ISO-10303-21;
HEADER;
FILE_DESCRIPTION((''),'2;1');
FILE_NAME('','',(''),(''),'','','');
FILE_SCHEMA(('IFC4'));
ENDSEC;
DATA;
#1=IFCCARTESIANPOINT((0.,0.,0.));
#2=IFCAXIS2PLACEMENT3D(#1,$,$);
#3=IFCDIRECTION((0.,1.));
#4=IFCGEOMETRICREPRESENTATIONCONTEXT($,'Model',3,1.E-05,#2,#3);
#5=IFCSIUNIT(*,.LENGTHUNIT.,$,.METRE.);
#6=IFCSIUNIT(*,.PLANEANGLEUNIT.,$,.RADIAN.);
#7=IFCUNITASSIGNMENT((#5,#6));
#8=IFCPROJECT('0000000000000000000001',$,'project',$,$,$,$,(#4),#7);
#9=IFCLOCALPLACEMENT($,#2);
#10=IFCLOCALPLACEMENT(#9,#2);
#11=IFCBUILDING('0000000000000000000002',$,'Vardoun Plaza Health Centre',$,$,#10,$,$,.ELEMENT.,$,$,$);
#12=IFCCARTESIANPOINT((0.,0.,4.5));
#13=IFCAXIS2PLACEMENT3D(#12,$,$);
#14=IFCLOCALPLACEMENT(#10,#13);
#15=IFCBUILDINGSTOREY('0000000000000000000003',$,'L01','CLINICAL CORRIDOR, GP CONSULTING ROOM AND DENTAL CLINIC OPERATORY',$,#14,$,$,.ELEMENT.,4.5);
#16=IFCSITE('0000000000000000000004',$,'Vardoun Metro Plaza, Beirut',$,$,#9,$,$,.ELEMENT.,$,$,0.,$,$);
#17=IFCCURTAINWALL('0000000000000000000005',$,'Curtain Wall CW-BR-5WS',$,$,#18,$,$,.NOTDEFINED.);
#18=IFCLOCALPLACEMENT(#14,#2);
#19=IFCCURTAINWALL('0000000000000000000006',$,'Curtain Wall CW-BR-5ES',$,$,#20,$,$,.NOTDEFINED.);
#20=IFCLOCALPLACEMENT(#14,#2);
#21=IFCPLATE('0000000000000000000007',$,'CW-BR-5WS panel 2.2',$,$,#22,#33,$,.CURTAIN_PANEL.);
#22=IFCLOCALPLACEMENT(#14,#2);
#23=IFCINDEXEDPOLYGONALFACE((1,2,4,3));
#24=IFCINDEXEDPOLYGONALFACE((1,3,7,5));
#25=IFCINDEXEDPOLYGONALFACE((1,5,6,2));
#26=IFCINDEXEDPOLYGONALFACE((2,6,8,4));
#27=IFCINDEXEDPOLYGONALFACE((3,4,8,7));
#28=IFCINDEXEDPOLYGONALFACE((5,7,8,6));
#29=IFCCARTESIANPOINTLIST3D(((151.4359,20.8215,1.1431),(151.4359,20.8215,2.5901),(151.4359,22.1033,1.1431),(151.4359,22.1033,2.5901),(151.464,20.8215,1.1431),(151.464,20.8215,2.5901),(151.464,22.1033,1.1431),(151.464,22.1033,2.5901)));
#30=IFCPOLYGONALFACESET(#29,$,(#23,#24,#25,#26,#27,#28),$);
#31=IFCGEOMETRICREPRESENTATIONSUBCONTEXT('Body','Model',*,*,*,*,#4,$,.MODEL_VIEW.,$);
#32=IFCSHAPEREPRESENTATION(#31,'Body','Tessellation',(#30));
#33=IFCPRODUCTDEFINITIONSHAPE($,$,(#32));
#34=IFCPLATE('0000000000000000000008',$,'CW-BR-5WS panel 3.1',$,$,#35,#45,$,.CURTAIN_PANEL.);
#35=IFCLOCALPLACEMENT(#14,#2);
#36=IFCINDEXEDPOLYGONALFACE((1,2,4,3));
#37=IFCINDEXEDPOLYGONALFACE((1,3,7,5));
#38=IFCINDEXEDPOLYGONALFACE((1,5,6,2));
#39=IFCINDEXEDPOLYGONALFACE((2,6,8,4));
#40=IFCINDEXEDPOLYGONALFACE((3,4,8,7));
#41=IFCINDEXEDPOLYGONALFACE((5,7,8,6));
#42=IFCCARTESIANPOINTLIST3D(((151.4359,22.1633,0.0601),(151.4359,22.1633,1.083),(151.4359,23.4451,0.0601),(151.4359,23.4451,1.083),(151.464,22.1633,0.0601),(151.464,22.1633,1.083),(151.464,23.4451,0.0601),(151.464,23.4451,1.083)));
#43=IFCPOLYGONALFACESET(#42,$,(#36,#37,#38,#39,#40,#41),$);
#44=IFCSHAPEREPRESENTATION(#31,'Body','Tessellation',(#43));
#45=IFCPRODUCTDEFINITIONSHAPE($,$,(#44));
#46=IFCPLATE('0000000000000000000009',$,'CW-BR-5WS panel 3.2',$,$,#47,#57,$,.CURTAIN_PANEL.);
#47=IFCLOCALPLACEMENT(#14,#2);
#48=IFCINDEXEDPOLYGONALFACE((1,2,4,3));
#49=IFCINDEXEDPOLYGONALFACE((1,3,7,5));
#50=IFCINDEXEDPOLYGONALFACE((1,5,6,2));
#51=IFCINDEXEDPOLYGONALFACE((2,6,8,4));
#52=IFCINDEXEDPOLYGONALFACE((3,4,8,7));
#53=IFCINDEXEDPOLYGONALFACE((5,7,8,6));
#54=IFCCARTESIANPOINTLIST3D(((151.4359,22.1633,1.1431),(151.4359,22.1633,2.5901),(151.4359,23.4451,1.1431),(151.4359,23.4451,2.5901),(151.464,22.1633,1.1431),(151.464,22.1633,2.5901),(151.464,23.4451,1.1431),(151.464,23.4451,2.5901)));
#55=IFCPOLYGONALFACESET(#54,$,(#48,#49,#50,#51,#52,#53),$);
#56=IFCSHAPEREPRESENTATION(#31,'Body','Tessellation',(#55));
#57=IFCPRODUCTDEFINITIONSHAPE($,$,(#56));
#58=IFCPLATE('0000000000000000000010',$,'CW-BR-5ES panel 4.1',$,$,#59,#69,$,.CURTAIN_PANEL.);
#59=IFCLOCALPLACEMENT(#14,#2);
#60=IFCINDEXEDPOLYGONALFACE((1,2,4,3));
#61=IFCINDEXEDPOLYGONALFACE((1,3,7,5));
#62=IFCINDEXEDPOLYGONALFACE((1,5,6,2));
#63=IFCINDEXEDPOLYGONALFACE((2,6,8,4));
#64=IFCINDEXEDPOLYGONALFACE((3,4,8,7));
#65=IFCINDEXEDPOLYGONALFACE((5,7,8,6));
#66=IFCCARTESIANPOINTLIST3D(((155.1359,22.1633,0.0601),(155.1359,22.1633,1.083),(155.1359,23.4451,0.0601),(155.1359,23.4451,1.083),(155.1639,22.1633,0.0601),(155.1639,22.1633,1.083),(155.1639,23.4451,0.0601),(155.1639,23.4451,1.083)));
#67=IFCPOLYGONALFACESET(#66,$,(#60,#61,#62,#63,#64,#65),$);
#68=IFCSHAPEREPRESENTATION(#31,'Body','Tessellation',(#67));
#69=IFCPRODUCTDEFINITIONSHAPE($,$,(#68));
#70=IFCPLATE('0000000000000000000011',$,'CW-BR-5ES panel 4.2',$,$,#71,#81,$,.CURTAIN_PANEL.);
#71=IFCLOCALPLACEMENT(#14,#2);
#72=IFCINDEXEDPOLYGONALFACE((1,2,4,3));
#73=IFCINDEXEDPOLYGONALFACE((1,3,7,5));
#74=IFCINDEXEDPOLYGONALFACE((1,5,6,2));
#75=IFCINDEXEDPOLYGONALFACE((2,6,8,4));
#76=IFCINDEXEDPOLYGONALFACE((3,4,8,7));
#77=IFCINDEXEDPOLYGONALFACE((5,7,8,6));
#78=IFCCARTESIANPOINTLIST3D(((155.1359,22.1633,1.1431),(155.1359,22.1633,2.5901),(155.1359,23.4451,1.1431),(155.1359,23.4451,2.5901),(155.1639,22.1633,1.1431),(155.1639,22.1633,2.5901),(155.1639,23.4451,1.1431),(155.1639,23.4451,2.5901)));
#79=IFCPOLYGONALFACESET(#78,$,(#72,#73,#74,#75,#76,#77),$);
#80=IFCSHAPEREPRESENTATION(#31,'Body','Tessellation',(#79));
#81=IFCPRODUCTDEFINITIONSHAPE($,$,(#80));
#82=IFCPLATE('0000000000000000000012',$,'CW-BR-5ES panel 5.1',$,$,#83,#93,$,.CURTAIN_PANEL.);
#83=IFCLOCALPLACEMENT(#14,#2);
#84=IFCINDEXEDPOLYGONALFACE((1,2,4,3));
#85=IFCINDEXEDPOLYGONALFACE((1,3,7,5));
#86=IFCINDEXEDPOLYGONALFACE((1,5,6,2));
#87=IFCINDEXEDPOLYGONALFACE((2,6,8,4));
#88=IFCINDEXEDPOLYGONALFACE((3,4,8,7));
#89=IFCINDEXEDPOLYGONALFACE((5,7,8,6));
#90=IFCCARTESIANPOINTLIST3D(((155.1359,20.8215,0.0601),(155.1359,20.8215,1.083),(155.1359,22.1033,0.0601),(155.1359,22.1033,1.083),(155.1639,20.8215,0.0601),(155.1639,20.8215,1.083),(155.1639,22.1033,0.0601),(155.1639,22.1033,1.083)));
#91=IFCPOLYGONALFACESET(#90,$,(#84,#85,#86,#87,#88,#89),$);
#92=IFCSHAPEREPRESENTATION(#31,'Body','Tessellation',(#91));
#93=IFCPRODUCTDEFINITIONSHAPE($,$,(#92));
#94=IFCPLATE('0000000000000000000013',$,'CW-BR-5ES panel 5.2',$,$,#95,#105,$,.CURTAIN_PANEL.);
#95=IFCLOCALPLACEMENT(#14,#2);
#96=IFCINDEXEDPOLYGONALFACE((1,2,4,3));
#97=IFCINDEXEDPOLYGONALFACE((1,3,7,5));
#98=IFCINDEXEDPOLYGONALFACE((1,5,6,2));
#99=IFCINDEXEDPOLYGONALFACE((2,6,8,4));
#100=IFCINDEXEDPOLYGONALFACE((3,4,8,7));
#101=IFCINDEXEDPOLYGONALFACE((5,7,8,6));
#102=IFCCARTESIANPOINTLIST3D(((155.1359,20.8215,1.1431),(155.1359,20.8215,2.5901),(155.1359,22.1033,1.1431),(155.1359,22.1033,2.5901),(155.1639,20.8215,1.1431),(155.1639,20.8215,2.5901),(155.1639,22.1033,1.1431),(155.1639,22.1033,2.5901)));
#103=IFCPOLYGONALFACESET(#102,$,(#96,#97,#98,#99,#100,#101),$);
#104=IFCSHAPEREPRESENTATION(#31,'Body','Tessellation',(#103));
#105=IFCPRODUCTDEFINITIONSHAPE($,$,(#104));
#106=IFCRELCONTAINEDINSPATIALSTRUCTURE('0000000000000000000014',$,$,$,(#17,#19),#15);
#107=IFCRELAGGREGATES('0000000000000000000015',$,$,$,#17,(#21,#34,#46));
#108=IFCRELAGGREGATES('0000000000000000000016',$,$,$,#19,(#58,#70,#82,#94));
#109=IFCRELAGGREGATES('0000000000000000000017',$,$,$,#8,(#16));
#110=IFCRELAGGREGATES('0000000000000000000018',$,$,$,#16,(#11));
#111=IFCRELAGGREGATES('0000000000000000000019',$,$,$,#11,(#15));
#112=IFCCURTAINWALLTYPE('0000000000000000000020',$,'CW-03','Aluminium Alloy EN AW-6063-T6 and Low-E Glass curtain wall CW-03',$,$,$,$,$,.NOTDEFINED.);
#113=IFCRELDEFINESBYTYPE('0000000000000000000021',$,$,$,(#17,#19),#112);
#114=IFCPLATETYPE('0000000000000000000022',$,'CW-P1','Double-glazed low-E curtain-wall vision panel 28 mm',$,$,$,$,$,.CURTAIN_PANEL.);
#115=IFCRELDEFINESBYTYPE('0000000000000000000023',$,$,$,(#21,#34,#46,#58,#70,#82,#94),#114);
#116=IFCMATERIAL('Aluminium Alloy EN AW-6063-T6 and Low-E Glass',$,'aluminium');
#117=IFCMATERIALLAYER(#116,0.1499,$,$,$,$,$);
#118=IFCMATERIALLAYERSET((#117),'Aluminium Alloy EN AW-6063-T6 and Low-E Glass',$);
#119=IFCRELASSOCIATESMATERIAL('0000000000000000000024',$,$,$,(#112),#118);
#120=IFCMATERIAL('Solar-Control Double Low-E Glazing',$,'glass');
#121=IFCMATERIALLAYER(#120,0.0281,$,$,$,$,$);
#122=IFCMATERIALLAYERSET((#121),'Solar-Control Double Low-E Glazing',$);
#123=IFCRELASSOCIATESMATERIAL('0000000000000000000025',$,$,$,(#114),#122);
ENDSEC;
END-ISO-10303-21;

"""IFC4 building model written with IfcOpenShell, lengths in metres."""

from ifc_helpers import new_model, si_unit, direction, frame, origin, origin_2d, place, context, subcontext, project, spatial, rectangle, extrude, material, layer, layer_set, type_object, element, aggregate, save


model = new_model("IFC4")

# Units and contexts
model_context = context("Model", 3, precision=1e-05, world=origin(), true_north=direction((0.0, 1.0)))
body_context = subcontext(model_context, "Body", "Model", "MODEL_VIEW")
ifc_project = project(units=[si_unit("LENGTHUNIT", "METRE"), si_unit("PLANEANGLEUNIT", "RADIAN")], contexts=[model_context])

# Site, building, storey
site_placement = place(None, origin())
site = spatial("IfcSite", under=ifc_project, at=site_placement, Name="Vardoun Metro Plaza, Beirut", CompositionType="ELEMENT", RefElevation=0.0)
building_placement = place(site_placement, origin())
building = spatial("IfcBuilding", under=site, at=building_placement, Name="Vardoun Plaza Health Centre", CompositionType="ELEMENT")
storey_placement = place(building_placement, frame((0.0, 0.0, 4.5)))
storey = spatial("IfcBuildingStorey", under=building, at=storey_placement, Name="L01", Description="CLINICAL CORRIDOR, GP CONSULTING ROOM AND DENTAL CLINIC OPERATORY", CompositionType="ELEMENT", Elevation=4.5)

# Curtain walls
ifc_material_1 = material(Name="Aluminium Alloy EN AW-6063-T6 and Low-E Glass", Category="aluminium")
ifc_layer_1 = layer(ifc_material_1, 0.1499)
ifc_layer_set_1 = layer_set([ifc_layer_1], Name="Aluminium Alloy EN AW-6063-T6 and Low-E Glass")
curtain_wall_type = type_object("IfcCurtainWallType", Name="CW-03", Description="Aluminium Alloy EN AW-6063-T6 and Low-E Glass curtain wall CW-03", PredefinedType="NOTDEFINED", material=ifc_layer_set_1)
curtain_wall_1_placement = place(storey_placement, origin())
curtain_wall_1 = element("IfcCurtainWall", 1, at=curtain_wall_1_placement, inside=storey, type_object=curtain_wall_type, Name="Curtain Wall CW-BR-5WS", PredefinedType="NOTDEFINED")
curtain_wall_2_placement = place(storey_placement, origin())
curtain_wall_2 = element("IfcCurtainWall", 2, at=curtain_wall_2_placement, inside=storey, type_object=curtain_wall_type, Name="Curtain Wall CW-BR-5ES", PredefinedType="NOTDEFINED")

# Plates
ifc_material_2 = material(Name="Solar-Control Double Low-E Glazing", Category="glass")
ifc_layer_2 = layer(ifc_material_2, 0.0281)
ifc_layer_set_2 = layer_set([ifc_layer_2], Name="Solar-Control Double Low-E Glazing")
plate_type = type_object("IfcPlateType", Name="CW-P1", Description="Double-glazed low-E curtain-wall vision panel 28 mm", PredefinedType="CURTAIN_PANEL", material=ifc_layer_set_2)
plate_1_placement = place(storey_placement, frame((151.45, 21.4624, 1.1431), z_axis=(0.0, 0.0, 1.0), x_axis=(0.0, 1.0, 0.0)))
plate_1 = element("IfcPlate", 3, at=plate_1_placement, type_object=plate_type, Name="CW-BR-5WS panel 2.2", PredefinedType="CURTAIN_PANEL", context=body_context, shape_type="SweptSolid", body=[
    extrude(rectangle(XDim=1.2817, YDim=0.0281, at=origin_2d()), origin(), (0.0, 0.0, 1.0), 1.447),
])
plate_2_placement = place(storey_placement, frame((151.45, 22.8042, 0.0601), z_axis=(0.0, 0.0, 1.0), x_axis=(0.0, 1.0, 0.0)))
plate_2 = element("IfcPlate", 4, at=plate_2_placement, type_object=plate_type, Name="CW-BR-5WS panel 3.1", PredefinedType="CURTAIN_PANEL", context=body_context, shape_type="SweptSolid", body=[
    extrude(rectangle(XDim=1.2817, YDim=0.0281, at=origin_2d()), origin(), (0.0, 0.0, 1.0), 1.0229),
])
plate_3_placement = place(storey_placement, frame((151.45, 22.8042, 1.1431), z_axis=(0.0, 0.0, 1.0), x_axis=(0.0, 1.0, 0.0)))
plate_3 = element("IfcPlate", 5, at=plate_3_placement, type_object=plate_type, Name="CW-BR-5WS panel 3.2", PredefinedType="CURTAIN_PANEL", context=body_context, shape_type="SweptSolid", body=[
    extrude(rectangle(XDim=1.2817, YDim=0.0281, at=origin_2d()), origin(), (0.0, 0.0, 1.0), 1.447),
])
aggregate(curtain_wall_1, [plate_1, plate_2, plate_3])
plate_4_placement = place(storey_placement, frame((155.1499, 22.8042, 0.0601), z_axis=(0.0, 0.0, 1.0), x_axis=(0.0, -1.0, 0.0)))
plate_4 = element("IfcPlate", 6, at=plate_4_placement, type_object=plate_type, Name="CW-BR-5ES panel 4.1", PredefinedType="CURTAIN_PANEL", context=body_context, shape_type="SweptSolid", body=[
    extrude(rectangle(XDim=1.2817, YDim=0.0281, at=origin_2d()), origin(), (0.0, 0.0, 1.0), 1.0229),
])
plate_5_placement = place(storey_placement, frame((155.1499, 22.8042, 1.1431), z_axis=(0.0, 0.0, 1.0), x_axis=(0.0, -1.0, 0.0)))
plate_5 = element("IfcPlate", 7, at=plate_5_placement, type_object=plate_type, Name="CW-BR-5ES panel 4.2", PredefinedType="CURTAIN_PANEL", context=body_context, shape_type="SweptSolid", body=[
    extrude(rectangle(XDim=1.2817, YDim=0.0281, at=origin_2d()), origin(), (0.0, 0.0, 1.0), 1.447),
])
plate_6_placement = place(storey_placement, frame((155.1499, 21.4624, 0.0601), z_axis=(0.0, 0.0, 1.0), x_axis=(0.0, -1.0, 0.0)))
plate_6 = element("IfcPlate", 8, at=plate_6_placement, type_object=plate_type, Name="CW-BR-5ES panel 5.1", PredefinedType="CURTAIN_PANEL", context=body_context, shape_type="SweptSolid", body=[
    extrude(rectangle(XDim=1.2817, YDim=0.0281, at=origin_2d()), origin(), (0.0, 0.0, 1.0), 1.0229),
])
plate_7_placement = place(storey_placement, frame((155.1499, 21.4624, 1.1431), z_axis=(0.0, 0.0, 1.0), x_axis=(0.0, -1.0, 0.0)))
plate_7 = element("IfcPlate", 9, at=plate_7_placement, type_object=plate_type, Name="CW-BR-5ES panel 5.2", PredefinedType="CURTAIN_PANEL", context=body_context, shape_type="SweptSolid", body=[
    extrude(rectangle(XDim=1.2817, YDim=0.0281, at=origin_2d()), origin(), (0.0, 0.0, 1.0), 1.447),
])
aggregate(curtain_wall_2, [plate_4, plate_5, plate_6, plate_7])

save(model, "model.ifc")
